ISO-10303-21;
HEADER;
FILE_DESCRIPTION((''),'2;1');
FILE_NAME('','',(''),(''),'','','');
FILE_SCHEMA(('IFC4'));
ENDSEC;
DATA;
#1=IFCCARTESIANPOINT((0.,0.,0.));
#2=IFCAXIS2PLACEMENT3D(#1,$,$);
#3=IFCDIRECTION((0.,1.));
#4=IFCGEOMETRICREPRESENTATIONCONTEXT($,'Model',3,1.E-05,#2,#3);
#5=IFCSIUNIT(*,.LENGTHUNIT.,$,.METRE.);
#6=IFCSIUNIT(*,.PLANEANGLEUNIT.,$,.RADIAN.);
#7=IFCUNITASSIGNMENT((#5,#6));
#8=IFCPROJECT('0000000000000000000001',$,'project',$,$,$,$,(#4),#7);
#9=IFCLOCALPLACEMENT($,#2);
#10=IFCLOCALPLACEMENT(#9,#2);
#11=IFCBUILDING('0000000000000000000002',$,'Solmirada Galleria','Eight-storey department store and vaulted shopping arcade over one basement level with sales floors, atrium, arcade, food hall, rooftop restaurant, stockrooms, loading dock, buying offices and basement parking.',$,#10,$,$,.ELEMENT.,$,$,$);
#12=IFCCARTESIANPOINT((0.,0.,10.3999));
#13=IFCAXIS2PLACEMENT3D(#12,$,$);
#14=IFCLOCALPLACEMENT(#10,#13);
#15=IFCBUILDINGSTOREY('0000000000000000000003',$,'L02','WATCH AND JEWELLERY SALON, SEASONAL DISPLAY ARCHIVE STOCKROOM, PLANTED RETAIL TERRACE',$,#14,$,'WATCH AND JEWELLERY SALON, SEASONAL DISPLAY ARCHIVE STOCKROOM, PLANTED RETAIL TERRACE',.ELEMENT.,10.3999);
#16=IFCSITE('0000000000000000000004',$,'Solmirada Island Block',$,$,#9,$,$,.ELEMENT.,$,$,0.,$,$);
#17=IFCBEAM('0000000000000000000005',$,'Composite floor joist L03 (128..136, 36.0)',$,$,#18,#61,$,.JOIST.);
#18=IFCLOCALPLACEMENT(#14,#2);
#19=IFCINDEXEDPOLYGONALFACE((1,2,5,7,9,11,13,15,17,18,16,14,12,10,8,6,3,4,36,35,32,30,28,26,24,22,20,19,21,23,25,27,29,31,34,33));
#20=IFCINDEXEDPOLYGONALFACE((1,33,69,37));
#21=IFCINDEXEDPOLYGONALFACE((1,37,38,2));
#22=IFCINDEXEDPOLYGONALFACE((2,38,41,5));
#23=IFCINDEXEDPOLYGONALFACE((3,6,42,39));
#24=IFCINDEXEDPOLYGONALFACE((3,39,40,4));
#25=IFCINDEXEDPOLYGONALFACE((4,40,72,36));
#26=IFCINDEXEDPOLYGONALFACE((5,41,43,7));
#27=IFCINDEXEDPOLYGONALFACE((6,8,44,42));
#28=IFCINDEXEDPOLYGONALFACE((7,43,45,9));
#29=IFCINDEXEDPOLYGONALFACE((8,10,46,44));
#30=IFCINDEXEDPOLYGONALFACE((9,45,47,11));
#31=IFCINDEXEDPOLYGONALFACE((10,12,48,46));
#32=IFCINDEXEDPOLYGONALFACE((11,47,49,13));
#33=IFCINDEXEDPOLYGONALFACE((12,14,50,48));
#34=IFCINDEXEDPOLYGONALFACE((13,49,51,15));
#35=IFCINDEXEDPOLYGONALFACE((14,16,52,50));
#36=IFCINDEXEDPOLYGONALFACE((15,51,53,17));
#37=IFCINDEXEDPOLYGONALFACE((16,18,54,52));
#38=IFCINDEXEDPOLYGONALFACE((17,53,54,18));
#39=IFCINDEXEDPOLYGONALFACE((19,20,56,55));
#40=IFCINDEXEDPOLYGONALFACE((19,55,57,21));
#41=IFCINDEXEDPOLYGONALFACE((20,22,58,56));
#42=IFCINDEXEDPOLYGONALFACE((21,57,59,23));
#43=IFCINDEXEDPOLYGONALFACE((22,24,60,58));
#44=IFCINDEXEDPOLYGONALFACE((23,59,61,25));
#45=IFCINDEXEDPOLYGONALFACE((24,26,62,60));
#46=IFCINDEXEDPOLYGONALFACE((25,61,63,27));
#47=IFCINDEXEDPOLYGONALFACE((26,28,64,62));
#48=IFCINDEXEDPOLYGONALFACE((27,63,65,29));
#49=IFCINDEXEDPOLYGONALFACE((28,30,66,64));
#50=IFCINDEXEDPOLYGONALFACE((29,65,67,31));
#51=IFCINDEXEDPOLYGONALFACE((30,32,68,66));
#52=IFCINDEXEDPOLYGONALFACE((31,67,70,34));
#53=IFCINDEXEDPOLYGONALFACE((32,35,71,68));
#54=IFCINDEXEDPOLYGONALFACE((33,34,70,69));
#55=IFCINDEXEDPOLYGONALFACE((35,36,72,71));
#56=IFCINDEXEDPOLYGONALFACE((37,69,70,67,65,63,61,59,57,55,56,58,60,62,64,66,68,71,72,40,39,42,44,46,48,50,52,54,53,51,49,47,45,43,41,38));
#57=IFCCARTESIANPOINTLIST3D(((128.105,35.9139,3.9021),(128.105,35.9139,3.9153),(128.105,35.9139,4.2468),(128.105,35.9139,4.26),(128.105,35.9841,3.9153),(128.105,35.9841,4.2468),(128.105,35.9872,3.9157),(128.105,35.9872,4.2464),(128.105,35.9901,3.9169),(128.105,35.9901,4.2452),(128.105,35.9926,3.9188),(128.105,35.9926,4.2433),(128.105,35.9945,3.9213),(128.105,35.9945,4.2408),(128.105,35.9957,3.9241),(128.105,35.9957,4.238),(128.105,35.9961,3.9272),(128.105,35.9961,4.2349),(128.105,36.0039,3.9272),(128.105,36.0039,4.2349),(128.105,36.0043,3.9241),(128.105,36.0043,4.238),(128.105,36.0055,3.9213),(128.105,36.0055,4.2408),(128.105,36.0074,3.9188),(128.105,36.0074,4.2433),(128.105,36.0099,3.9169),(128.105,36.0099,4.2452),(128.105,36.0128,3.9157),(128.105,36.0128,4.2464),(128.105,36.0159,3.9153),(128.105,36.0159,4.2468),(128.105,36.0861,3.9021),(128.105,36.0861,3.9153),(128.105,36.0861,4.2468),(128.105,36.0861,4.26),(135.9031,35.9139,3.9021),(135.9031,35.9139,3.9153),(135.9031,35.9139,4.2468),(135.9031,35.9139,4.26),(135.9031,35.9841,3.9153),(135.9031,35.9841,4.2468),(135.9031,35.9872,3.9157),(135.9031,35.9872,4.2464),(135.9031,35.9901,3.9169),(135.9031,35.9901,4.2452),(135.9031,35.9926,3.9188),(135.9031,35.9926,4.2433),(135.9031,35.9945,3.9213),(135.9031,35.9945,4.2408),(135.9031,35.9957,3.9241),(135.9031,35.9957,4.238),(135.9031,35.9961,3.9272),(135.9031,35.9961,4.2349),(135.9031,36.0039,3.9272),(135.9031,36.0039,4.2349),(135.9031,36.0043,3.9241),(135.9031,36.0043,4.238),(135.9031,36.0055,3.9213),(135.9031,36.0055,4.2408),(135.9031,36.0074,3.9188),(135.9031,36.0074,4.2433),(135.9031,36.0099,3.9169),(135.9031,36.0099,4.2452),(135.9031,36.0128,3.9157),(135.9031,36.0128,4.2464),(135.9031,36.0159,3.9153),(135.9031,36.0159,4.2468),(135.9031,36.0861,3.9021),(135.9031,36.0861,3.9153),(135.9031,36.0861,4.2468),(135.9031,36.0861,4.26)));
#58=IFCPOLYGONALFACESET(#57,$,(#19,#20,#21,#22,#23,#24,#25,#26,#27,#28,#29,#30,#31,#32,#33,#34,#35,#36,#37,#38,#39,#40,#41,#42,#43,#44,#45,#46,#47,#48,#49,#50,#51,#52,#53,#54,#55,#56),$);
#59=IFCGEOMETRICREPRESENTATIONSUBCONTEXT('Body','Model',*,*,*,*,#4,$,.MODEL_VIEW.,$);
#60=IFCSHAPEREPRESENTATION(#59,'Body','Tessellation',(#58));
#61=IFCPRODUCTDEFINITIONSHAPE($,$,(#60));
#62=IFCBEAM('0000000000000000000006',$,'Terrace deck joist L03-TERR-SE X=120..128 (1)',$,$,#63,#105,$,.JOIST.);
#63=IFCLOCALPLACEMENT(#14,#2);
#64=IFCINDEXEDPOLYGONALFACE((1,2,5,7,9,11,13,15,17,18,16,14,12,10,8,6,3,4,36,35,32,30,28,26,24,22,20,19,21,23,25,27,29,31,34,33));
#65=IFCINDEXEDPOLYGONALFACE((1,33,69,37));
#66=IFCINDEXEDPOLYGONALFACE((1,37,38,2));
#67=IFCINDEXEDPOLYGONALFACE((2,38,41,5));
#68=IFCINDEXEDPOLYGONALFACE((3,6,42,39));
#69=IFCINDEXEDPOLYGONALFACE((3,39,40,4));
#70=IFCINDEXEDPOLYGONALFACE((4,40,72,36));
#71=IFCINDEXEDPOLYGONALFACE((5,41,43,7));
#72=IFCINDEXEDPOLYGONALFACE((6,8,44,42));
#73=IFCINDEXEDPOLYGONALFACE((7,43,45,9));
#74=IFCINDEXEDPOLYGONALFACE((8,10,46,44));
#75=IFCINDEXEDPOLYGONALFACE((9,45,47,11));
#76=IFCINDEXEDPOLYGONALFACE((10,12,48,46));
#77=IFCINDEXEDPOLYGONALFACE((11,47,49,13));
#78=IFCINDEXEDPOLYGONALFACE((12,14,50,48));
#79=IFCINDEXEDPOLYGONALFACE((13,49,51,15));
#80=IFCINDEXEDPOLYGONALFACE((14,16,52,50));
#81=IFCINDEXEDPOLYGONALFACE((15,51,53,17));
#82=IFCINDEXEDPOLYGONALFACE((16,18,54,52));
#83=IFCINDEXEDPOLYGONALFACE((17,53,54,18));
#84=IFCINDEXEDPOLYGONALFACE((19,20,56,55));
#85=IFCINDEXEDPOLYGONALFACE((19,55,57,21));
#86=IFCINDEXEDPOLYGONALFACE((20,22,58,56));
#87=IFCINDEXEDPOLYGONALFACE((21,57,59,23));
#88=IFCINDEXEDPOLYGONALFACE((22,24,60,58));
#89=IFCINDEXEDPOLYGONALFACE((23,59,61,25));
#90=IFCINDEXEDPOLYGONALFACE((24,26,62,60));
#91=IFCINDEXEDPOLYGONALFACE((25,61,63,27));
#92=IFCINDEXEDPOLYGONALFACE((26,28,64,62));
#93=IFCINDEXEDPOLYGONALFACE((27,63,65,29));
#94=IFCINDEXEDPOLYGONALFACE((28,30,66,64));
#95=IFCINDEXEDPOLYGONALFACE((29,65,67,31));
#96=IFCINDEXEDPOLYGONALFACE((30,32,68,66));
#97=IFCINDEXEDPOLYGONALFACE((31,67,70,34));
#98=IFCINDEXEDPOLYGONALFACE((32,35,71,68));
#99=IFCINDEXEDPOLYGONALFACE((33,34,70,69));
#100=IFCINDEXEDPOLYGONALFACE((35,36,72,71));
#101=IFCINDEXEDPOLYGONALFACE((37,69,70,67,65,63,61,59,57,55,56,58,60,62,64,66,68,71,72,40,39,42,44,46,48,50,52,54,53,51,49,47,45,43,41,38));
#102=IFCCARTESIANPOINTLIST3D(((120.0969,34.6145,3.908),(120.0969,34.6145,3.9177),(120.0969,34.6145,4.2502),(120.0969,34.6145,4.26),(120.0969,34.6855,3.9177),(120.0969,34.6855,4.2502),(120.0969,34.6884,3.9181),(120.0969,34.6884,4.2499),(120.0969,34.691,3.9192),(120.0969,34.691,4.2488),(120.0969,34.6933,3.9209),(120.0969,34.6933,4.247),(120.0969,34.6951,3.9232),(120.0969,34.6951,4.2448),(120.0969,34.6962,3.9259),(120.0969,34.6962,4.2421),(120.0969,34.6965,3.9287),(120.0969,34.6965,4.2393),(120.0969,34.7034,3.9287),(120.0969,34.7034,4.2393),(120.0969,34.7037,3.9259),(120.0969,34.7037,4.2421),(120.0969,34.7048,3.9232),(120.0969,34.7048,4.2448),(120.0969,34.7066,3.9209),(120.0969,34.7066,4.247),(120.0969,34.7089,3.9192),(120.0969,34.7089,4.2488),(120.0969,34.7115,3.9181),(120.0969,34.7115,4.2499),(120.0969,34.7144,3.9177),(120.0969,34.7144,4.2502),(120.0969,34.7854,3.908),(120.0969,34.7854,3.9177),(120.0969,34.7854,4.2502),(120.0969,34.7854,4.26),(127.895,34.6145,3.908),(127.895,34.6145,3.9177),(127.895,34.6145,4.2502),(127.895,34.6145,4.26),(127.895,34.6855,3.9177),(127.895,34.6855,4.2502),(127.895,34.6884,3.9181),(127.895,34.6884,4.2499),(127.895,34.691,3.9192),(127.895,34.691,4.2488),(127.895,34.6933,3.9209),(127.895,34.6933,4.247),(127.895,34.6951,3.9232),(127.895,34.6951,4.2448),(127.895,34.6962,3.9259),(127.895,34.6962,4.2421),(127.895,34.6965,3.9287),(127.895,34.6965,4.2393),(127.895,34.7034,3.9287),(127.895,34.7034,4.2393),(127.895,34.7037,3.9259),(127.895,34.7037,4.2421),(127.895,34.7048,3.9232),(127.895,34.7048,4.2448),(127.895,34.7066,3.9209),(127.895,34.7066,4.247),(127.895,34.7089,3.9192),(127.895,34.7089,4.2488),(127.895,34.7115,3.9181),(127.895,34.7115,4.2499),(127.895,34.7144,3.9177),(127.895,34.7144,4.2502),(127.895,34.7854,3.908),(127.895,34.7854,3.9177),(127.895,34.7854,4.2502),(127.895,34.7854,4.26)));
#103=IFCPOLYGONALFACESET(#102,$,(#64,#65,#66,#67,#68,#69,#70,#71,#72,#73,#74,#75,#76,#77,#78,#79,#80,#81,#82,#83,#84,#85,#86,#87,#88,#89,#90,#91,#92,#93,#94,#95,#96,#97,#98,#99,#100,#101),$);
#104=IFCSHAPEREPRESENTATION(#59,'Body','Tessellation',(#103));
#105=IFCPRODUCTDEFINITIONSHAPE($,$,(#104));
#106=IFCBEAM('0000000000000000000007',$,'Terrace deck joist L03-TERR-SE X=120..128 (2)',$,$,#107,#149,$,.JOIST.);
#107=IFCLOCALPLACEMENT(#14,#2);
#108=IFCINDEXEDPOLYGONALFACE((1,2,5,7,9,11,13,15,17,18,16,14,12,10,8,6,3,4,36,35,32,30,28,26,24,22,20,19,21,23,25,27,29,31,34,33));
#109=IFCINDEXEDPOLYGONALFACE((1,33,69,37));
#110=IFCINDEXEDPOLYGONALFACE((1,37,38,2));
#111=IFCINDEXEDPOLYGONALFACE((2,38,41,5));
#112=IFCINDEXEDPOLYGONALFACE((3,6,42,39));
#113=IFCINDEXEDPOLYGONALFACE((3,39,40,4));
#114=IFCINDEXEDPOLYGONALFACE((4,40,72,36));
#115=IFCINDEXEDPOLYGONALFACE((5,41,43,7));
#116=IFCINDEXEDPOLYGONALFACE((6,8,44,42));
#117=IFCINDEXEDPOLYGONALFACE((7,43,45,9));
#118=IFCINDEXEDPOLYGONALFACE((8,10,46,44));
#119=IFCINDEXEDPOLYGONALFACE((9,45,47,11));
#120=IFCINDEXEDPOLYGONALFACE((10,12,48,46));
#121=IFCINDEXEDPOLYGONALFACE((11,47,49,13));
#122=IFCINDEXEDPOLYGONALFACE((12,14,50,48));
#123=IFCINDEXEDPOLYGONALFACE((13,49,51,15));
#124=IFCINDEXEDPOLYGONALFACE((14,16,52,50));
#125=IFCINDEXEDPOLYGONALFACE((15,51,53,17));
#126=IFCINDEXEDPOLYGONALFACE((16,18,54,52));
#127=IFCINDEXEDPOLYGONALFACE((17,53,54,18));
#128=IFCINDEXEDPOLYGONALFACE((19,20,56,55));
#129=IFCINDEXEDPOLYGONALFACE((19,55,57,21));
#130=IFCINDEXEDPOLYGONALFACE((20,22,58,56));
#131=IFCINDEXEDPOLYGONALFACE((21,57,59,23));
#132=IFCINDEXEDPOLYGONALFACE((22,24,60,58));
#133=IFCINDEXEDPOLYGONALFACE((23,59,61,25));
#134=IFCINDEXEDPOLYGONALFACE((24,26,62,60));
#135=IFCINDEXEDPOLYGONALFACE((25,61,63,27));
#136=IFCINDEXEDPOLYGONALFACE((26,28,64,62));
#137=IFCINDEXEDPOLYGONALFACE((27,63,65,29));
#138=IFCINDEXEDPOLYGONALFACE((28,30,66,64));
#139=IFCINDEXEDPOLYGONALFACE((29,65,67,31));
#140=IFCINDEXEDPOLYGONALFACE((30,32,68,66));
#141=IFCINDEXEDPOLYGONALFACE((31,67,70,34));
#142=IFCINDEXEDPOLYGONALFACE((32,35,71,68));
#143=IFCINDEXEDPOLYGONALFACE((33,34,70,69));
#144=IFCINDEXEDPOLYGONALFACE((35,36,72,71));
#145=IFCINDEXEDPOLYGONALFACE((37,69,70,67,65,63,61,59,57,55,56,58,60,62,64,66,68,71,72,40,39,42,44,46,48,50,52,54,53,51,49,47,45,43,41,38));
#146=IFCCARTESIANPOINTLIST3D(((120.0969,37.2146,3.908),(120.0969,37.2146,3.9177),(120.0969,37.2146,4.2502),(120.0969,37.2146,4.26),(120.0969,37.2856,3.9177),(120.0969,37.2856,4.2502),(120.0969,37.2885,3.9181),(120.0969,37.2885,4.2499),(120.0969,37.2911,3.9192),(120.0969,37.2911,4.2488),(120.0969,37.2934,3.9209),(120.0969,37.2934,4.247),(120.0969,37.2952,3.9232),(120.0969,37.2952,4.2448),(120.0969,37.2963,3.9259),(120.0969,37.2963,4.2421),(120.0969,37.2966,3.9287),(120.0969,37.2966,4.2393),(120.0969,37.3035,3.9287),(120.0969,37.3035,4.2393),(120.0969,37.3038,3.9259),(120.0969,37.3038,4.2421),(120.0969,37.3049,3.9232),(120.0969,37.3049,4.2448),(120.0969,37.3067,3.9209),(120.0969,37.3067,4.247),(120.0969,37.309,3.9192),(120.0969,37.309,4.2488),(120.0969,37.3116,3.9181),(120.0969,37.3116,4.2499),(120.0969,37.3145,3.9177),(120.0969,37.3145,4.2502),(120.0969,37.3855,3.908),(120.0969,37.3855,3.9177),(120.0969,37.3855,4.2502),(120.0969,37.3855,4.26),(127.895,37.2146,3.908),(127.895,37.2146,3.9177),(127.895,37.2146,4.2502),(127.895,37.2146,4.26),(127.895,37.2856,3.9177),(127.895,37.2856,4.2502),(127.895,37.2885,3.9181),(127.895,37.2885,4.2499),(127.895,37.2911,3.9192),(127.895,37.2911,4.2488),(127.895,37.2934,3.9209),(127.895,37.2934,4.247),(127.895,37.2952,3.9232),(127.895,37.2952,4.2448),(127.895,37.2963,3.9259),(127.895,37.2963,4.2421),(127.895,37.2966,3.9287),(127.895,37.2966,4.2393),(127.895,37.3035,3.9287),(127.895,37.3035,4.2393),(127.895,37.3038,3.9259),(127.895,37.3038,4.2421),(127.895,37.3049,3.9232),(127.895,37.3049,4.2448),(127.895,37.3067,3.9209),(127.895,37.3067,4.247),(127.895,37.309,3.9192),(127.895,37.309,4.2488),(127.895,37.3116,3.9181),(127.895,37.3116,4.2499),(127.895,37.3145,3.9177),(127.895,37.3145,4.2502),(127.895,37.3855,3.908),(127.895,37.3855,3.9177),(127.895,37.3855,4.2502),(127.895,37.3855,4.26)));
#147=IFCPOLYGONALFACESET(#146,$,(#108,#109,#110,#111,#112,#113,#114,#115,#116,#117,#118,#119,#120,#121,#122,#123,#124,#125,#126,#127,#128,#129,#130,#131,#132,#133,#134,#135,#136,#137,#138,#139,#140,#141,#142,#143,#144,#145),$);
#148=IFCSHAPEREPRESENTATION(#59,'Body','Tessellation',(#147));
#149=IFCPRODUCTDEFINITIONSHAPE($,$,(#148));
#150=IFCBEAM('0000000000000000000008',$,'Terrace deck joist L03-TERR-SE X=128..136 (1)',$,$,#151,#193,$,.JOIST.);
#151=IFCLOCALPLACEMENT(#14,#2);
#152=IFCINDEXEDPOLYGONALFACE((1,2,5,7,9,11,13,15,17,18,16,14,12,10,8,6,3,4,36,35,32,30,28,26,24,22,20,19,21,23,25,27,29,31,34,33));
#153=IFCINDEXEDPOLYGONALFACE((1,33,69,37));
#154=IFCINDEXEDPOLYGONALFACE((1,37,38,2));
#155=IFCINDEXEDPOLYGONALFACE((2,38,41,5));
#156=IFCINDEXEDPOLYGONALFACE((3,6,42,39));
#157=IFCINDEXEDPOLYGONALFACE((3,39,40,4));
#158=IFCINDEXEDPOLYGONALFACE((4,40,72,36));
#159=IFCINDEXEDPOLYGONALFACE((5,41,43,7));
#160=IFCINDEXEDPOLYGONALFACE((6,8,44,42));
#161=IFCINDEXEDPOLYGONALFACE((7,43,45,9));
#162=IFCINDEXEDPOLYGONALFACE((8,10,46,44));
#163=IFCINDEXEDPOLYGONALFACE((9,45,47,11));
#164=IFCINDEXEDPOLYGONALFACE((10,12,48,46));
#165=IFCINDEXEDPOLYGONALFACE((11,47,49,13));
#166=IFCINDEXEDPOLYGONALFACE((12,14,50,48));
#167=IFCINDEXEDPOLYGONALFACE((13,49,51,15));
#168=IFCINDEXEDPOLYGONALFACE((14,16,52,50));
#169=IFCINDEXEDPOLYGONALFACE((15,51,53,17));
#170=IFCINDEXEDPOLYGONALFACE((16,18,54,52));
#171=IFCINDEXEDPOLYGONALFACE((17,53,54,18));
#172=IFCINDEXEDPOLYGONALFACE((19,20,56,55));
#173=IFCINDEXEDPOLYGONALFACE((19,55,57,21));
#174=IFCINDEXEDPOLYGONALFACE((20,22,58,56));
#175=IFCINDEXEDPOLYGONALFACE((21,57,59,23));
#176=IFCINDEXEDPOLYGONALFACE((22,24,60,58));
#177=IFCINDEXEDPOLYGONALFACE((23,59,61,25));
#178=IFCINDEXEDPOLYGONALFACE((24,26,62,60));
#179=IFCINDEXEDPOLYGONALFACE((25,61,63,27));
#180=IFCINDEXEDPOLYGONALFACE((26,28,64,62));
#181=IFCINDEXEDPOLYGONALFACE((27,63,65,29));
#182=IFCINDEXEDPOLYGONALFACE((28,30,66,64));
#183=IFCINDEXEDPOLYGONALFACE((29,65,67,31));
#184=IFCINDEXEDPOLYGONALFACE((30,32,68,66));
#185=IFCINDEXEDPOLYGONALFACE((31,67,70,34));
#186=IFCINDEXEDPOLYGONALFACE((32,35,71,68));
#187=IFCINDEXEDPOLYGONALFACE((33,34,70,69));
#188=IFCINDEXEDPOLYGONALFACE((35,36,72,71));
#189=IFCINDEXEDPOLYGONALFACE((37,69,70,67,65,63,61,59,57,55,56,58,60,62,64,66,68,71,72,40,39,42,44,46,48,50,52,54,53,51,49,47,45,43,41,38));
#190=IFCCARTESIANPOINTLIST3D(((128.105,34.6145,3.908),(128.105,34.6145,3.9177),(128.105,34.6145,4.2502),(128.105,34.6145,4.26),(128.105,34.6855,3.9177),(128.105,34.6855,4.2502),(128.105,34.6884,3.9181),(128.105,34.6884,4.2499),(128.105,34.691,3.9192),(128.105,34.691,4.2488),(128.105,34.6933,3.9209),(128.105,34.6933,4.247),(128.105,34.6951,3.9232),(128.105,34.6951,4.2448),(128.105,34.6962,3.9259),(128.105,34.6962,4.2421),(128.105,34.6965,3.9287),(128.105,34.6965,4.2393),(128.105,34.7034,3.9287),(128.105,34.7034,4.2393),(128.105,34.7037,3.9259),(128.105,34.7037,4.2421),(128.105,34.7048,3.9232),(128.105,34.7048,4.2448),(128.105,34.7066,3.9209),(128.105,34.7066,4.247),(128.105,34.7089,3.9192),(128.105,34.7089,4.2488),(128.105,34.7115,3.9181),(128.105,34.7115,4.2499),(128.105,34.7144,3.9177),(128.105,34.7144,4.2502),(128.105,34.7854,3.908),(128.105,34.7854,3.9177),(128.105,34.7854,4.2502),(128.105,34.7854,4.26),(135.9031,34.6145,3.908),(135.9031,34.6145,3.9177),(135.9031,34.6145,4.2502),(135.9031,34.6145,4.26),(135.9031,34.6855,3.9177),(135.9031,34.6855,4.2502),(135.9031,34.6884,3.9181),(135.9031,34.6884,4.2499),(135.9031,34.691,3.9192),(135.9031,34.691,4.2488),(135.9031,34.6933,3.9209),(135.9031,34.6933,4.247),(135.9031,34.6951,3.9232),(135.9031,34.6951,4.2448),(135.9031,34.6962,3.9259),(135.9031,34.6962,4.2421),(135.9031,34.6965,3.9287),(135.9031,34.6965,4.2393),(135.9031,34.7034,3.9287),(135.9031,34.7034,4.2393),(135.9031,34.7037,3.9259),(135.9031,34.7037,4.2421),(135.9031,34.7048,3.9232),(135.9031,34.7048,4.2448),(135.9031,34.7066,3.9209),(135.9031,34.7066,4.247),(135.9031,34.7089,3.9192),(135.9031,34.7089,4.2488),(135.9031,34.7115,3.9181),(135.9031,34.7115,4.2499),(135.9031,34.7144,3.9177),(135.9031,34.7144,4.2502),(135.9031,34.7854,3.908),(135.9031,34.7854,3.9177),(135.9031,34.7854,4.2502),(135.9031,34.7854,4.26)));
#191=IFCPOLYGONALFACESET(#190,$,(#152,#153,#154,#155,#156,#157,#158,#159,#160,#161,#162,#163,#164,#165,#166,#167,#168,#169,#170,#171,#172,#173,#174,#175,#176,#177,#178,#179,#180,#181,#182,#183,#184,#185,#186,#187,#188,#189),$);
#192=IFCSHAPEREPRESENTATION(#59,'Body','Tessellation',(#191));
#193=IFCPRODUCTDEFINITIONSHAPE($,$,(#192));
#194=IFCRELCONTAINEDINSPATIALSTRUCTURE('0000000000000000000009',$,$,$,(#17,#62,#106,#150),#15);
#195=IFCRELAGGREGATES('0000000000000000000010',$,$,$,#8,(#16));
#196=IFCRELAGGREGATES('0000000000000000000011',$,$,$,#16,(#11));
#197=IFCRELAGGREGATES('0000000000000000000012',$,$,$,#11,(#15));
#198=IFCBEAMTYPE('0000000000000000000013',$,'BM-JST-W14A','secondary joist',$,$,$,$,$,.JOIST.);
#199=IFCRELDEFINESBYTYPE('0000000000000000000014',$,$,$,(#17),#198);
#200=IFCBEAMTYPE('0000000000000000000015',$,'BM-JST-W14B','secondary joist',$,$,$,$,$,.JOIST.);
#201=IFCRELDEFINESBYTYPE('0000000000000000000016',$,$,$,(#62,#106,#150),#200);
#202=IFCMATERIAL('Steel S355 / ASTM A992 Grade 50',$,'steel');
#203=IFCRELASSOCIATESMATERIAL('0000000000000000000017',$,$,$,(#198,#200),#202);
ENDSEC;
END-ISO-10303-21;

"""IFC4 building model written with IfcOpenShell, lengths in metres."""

from ifc_helpers import new_model, si_unit, direction, frame, origin, origin_2d, place, context, subcontext, project, spatial, i_section, extrude, material, material_profile, profile_set, type_object, element, save


model = new_model("IFC4")

# Units and contexts
model_context = context("Model", 3, precision=1e-05, world=origin(), true_north=direction((0.0, 1.0)))
body_context = subcontext(model_context, "Body", "Model", "MODEL_VIEW")
ifc_project = project(units=[si_unit("LENGTHUNIT", "METRE"), si_unit("PLANEANGLEUNIT", "RADIAN")], contexts=[model_context])

# Site, building, storey
site_placement = place(None, origin())
site = spatial("IfcSite", under=ifc_project, at=site_placement, Name="Solmirada Island Block", CompositionType="ELEMENT", RefElevation=0.0)
building_placement = place(site_placement, origin())
building = spatial("IfcBuilding", under=site, at=building_placement, Name="Solmirada Galleria", Description="Eight-storey department store and vaulted shopping arcade over one basement level with sales floors, atrium, arcade, food hall, rooftop restaurant, stockrooms, loading dock, buying offices and basement parking.", CompositionType="ELEMENT")
storey_placement = place(building_placement, frame((0.0, 0.0, 10.3999)))
storey = spatial("IfcBuildingStorey", under=building, at=storey_placement, Name="L02", Description="WATCH AND JEWELLERY SALON, SEASONAL DISPLAY ARCHIVE STOCKROOM, PLANTED RETAIL TERRACE", LongName="WATCH AND JEWELLERY SALON, SEASONAL DISPLAY ARCHIVE STOCKROOM, PLANTED RETAIL TERRACE", CompositionType="ELEMENT", Elevation=10.3999)

# Beams
ifc_material_1 = material(Name="Steel S355 / ASTM A992 Grade 50", Category="steel")
ifc_material_profile_1 = material_profile(ifc_material_1, i_section(OverallWidth=0.1721, OverallDepth=0.3579, WebThickness=0.0078, FlangeThickness=0.0132, FilletRadius=0.012, at=origin_2d()), Name="W14X38")
ifc_profile_set_1 = profile_set([ifc_material_profile_1], Name="Steel S355 / ASTM A992 Grade 50")
beam_type_1 = type_object("IfcBeamType", Name="BM-JST-W14A", Description="secondary joist", PredefinedType="JOIST", material=ifc_profile_set_1)
for number, where, z_axis, x_axis, name in (
    (1, (128.105, 36.0, 4.0811), (1.0, 0.0, 0.0), (0.0, 1.0, 0.0), "Composite floor joist L03 (128..136, 36.0)"),
):
    element("IfcBeam", number, at=place(storey_placement, frame(where, z_axis=z_axis, x_axis=x_axis)), inside=storey, type_object=beam_type_1, Name=name, PredefinedType="JOIST", context=body_context, shape_type="SweptSolid", body=[
        extrude(i_section(OverallWidth=0.1721, OverallDepth=0.3579, WebThickness=0.0078, FlangeThickness=0.0132, FilletRadius=0.012, at=origin_2d()), origin(), (0.0, 0.0, 1.0), 7.7981),
    ])
ifc_material_profile_2 = material_profile(ifc_material_1, i_section(OverallWidth=0.1709, OverallDepth=0.3521, WebThickness=0.0068, FlangeThickness=0.0098, FilletRadius=0.011, at=origin_2d()), Name="W14X30")
ifc_profile_set_2 = profile_set([ifc_material_profile_2], Name="Steel S355 / ASTM A992 Grade 50")
beam_type_2 = type_object("IfcBeamType", Name="BM-JST-W14B", Description="secondary joist", PredefinedType="JOIST", material=ifc_profile_set_2)
for number, where, z_axis, x_axis, name in (
    (2, (120.0969, 34.7, 4.084), (1.0, 0.0, 0.0), (0.0, 1.0, 0.0), "Terrace deck joist L03-TERR-SE X=120..128 (1)"),
    (3, (120.0969, 37.3, 4.084), (1.0, 0.0, 0.0), (0.0, 1.0, 0.0), "Terrace deck joist L03-TERR-SE X=120..128 (2)"),
    (4, (128.105, 34.7, 4.084), (1.0, 0.0, 0.0), (0.0, 1.0, 0.0), "Terrace deck joist L03-TERR-SE X=128..136 (1)"),
):
    element("IfcBeam", number, at=place(storey_placement, frame(where, z_axis=z_axis, x_axis=x_axis)), inside=storey, type_object=beam_type_2, Name=name, PredefinedType="JOIST", context=body_context, shape_type="SweptSolid", body=[
        extrude(i_section(OverallWidth=0.1709, OverallDepth=0.3521, WebThickness=0.0068, FlangeThickness=0.0098, FilletRadius=0.011, at=origin_2d()), origin(), (0.0, 0.0, 1.0), 7.7981),
    ])

save(model, "model.ifc")
